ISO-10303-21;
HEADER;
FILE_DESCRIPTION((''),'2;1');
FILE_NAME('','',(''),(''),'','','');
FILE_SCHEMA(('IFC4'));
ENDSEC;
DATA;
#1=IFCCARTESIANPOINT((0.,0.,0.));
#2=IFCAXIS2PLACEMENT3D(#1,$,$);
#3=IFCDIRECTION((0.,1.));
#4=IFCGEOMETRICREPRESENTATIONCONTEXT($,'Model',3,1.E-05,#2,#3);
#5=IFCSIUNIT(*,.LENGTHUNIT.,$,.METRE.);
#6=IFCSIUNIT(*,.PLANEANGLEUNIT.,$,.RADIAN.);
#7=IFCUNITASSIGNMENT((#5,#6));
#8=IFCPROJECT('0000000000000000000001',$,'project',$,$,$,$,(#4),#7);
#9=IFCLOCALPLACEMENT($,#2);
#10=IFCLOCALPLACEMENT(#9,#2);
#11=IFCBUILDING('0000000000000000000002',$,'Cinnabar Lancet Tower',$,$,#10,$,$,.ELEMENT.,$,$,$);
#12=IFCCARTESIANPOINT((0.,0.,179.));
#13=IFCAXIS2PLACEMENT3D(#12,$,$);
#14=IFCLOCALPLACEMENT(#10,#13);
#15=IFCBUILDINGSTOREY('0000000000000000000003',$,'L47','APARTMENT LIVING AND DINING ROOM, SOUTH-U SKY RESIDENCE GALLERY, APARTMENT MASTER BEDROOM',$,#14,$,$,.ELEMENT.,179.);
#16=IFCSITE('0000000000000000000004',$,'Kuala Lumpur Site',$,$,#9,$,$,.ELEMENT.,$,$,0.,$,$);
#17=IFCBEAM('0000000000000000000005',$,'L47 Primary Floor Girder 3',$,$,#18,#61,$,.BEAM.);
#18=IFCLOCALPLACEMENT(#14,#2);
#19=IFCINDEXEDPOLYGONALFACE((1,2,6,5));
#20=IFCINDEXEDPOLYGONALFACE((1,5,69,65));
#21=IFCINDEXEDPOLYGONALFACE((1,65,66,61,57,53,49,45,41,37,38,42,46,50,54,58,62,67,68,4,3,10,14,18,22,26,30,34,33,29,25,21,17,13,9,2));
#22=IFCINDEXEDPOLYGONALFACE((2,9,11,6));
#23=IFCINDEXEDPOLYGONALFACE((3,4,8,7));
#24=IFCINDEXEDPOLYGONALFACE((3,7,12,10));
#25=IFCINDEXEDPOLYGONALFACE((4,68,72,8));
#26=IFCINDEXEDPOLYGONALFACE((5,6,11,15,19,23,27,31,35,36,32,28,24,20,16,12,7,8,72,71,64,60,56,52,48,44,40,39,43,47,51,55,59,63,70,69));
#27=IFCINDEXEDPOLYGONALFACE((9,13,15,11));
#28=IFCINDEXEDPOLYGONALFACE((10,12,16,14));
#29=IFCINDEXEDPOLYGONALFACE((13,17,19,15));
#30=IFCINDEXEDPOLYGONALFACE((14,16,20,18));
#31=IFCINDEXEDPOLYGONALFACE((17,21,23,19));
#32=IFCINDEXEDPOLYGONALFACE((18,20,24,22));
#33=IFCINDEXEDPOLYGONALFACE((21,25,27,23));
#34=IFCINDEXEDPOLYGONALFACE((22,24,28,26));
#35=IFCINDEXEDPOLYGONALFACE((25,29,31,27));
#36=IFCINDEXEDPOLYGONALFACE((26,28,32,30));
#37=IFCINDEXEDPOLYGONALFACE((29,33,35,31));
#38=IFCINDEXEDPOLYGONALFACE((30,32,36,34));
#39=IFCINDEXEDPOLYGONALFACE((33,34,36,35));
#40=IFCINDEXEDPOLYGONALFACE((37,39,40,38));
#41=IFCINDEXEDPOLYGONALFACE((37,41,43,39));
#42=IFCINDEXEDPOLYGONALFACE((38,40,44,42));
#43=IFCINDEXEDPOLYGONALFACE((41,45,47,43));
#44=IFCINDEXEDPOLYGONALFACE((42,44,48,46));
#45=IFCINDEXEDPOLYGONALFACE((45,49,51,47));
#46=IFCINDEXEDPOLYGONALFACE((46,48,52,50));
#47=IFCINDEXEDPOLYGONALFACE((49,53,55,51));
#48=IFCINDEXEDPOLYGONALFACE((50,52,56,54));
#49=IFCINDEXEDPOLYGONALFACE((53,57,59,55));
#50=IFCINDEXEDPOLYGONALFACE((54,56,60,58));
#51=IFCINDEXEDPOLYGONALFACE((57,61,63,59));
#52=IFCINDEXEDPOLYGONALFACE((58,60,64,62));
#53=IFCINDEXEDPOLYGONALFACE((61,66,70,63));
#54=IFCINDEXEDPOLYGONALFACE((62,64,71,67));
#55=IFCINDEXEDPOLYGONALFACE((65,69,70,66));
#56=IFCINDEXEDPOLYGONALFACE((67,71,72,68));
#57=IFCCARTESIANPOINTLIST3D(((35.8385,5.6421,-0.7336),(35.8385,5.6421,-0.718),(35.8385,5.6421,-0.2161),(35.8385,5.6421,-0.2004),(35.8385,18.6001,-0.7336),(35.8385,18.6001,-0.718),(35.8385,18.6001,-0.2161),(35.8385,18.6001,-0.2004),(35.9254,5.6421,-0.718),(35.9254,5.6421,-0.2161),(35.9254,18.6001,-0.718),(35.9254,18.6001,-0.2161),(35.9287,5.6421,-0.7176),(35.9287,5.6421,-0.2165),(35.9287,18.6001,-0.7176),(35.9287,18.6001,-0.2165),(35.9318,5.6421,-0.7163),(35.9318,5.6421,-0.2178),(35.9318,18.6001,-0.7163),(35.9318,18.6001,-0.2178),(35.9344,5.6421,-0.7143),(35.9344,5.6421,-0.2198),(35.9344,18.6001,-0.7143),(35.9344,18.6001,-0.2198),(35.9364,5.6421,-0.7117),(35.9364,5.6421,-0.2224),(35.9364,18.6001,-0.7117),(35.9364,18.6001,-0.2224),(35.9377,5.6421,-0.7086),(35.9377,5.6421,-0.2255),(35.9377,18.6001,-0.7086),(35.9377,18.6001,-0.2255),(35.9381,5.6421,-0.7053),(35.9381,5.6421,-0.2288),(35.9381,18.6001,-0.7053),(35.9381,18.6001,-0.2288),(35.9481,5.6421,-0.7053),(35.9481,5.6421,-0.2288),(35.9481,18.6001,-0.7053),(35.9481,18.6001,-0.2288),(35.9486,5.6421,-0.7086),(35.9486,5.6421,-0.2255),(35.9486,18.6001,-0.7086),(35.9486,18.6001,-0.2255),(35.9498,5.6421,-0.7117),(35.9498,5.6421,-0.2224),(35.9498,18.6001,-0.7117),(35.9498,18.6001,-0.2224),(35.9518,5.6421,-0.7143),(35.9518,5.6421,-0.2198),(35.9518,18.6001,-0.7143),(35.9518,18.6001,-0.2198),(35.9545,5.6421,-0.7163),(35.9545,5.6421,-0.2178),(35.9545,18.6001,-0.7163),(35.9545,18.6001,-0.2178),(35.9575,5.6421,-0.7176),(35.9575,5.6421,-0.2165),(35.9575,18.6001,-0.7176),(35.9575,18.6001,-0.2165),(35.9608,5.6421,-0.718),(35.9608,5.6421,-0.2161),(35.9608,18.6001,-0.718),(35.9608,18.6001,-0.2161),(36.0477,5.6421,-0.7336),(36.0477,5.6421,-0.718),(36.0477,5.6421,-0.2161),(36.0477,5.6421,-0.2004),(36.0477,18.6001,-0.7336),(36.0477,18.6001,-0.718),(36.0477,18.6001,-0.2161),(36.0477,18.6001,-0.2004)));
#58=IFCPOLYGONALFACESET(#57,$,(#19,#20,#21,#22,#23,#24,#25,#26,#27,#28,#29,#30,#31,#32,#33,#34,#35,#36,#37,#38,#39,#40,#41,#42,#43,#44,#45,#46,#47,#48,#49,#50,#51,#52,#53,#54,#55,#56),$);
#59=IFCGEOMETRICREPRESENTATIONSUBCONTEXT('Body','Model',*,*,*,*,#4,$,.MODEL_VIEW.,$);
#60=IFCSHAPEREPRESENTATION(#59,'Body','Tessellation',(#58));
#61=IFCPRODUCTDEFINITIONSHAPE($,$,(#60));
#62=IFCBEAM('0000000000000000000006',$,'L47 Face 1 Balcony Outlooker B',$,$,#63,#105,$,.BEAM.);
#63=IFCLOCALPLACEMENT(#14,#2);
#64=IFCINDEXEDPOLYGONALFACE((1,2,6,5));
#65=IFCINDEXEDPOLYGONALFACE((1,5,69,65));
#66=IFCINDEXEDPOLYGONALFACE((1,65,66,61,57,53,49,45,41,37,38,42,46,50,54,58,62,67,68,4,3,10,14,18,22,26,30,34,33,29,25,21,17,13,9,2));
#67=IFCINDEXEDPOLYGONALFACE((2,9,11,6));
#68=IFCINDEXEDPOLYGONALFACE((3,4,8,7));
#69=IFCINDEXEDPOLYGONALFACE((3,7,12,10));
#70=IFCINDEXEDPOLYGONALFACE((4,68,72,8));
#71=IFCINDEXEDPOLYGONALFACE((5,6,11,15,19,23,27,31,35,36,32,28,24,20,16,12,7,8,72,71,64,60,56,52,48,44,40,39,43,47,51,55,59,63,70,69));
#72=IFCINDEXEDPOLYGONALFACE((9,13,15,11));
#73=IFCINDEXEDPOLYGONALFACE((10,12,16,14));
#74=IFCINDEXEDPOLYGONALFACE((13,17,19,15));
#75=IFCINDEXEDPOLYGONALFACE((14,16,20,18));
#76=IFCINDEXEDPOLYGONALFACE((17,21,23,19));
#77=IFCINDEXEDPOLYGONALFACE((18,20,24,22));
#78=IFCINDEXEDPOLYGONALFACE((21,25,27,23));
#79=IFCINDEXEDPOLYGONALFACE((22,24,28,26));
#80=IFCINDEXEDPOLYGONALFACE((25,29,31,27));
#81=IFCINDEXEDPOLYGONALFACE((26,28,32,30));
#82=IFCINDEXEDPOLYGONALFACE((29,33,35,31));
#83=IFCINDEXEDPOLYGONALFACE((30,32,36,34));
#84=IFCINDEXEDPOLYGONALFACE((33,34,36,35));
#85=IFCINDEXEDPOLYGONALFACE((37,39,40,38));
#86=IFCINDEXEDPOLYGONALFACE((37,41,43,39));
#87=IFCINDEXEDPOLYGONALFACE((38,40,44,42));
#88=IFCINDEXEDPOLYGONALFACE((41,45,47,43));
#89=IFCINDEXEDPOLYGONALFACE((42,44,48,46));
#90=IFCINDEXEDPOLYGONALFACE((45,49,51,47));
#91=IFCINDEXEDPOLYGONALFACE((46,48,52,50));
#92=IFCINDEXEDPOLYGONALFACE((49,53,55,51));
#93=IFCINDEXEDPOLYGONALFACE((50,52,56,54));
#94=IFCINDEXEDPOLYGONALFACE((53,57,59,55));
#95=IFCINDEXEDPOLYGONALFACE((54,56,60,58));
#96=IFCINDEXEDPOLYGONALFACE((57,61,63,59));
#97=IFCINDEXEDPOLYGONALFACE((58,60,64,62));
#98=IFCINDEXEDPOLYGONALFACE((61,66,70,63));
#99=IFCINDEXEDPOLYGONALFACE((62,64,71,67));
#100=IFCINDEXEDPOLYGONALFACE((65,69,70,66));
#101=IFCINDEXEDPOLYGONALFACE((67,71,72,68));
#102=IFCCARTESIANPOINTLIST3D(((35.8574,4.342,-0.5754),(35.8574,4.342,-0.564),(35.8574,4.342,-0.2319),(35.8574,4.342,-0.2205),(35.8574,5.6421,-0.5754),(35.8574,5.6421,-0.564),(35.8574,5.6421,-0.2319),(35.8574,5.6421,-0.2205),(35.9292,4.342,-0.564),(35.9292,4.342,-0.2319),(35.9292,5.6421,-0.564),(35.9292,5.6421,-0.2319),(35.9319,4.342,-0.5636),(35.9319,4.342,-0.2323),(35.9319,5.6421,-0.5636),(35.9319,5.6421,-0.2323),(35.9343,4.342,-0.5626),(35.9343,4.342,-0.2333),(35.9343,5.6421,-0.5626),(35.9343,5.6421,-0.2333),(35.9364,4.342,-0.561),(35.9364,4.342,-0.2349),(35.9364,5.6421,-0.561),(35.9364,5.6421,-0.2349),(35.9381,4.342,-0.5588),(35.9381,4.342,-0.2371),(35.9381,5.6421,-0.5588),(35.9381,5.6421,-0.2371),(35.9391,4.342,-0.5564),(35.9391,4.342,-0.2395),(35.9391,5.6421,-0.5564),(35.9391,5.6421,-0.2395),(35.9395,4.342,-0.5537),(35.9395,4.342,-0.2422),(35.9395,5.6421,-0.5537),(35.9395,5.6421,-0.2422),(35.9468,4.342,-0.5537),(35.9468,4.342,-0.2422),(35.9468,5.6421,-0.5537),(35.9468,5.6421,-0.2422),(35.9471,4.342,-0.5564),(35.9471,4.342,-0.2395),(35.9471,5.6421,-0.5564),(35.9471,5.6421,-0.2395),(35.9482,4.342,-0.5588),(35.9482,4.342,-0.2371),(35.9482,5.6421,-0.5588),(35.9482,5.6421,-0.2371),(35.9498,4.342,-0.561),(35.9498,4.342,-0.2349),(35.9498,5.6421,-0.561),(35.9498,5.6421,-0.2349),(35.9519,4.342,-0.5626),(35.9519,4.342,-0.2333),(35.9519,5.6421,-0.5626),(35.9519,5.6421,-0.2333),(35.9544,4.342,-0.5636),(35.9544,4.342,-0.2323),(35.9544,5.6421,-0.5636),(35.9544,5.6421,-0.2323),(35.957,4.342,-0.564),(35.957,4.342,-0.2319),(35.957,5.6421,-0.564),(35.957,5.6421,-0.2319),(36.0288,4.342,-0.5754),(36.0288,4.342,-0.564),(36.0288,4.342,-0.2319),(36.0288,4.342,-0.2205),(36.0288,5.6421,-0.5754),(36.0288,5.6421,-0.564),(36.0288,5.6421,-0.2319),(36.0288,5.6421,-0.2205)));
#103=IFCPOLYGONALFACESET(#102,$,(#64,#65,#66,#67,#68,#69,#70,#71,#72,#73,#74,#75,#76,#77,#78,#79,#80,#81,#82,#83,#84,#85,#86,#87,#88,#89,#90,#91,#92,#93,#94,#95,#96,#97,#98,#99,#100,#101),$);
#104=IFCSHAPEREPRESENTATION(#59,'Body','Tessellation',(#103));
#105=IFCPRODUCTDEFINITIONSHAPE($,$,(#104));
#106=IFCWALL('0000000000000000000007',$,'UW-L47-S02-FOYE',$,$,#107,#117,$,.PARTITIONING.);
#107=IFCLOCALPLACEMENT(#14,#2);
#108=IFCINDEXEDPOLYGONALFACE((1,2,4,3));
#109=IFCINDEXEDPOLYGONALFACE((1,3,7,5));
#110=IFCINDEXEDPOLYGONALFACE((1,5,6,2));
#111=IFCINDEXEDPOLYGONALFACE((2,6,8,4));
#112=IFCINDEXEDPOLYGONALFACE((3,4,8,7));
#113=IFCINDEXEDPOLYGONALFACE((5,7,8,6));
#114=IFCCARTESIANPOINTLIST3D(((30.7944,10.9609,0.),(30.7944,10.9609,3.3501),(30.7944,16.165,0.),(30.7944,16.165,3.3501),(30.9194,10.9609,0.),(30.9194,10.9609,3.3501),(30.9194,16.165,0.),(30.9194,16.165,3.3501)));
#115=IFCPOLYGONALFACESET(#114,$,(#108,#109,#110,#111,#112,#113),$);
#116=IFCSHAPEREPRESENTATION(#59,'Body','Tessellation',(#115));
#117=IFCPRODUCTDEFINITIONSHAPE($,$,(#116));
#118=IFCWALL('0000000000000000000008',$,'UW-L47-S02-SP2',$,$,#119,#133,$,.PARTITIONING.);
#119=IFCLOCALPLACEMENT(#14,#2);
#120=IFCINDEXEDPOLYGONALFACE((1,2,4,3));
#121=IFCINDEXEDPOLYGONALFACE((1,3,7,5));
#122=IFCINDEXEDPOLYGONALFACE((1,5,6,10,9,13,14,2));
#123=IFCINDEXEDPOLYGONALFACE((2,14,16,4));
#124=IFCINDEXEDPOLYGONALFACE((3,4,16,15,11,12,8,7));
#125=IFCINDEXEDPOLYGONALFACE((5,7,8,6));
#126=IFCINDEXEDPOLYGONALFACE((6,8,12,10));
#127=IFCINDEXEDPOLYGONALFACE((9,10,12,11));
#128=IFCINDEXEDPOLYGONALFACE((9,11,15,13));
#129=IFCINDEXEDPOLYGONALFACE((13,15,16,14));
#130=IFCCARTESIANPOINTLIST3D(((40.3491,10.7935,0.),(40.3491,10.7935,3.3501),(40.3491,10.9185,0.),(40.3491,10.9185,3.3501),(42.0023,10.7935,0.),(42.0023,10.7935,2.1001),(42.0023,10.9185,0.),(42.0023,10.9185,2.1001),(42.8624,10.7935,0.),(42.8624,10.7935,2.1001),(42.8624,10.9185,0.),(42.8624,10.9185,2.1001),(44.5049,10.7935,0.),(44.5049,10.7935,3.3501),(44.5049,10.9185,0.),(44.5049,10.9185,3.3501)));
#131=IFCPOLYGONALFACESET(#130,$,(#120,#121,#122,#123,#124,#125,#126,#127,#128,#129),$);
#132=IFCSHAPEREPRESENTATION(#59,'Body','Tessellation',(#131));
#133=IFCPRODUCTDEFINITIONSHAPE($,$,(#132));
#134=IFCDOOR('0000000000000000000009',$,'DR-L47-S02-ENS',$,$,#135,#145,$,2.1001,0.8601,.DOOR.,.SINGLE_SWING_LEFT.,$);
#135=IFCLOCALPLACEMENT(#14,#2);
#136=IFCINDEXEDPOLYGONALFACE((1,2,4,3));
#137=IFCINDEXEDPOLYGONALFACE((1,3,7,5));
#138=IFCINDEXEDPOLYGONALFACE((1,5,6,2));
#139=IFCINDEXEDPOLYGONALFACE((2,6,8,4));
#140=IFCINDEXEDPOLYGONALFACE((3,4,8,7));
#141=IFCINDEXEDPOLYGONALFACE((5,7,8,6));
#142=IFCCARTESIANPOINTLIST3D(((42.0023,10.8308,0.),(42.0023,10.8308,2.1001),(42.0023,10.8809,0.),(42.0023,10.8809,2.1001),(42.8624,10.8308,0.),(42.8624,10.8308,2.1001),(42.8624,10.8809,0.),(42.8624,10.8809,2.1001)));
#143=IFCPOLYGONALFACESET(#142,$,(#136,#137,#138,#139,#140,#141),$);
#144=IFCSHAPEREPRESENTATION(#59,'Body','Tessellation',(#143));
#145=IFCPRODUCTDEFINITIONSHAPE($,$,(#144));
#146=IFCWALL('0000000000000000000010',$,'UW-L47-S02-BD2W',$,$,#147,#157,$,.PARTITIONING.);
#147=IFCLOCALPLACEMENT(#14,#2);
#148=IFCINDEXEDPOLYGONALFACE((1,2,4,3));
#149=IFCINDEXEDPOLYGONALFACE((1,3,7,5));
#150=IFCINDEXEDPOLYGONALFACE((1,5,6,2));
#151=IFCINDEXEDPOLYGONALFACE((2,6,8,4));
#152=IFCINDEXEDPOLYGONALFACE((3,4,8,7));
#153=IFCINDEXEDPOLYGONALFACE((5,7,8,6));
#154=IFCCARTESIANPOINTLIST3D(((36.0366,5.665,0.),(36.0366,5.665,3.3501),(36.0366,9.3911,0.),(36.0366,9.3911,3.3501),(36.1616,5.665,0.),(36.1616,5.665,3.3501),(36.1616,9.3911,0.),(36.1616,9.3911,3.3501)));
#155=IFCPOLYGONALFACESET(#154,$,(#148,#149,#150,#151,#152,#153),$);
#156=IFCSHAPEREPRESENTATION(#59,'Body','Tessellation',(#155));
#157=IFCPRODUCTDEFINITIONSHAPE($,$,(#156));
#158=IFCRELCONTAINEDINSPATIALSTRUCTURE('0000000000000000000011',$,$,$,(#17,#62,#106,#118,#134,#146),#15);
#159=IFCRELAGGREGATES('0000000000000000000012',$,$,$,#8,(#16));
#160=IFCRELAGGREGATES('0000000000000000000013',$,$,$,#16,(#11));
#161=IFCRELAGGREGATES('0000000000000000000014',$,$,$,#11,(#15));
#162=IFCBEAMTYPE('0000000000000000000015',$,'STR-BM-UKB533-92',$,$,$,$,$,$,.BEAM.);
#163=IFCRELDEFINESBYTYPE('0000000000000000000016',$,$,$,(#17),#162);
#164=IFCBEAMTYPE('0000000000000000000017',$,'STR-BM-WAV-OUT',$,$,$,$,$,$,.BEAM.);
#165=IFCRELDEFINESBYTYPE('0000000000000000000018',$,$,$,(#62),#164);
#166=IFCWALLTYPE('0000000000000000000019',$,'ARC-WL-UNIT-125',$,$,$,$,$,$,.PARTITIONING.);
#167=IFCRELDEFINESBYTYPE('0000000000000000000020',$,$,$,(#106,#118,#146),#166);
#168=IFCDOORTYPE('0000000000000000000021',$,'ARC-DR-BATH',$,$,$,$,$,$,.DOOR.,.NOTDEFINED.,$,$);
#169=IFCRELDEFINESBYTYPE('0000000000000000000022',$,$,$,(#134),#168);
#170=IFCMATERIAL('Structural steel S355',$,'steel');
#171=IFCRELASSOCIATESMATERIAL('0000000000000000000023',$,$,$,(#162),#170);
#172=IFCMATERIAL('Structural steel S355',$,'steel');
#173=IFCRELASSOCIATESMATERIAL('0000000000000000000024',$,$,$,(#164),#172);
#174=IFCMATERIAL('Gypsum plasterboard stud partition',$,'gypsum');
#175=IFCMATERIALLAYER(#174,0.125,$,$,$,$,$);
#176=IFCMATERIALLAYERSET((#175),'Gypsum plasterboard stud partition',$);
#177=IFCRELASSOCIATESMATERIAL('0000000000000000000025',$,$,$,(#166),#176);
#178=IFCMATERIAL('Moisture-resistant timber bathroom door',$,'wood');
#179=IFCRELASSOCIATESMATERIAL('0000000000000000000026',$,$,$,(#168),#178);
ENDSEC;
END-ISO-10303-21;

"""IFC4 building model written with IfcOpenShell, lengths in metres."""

from ifc_helpers import new_model, si_unit, direction, frame, frame_2d, origin, origin_2d, place, context, subcontext, project, spatial, rectangle, i_section, extrude, material, layer, layer_set, material_profile, profile_set, type_object, element, fill, save


model = new_model("IFC4")

# Units and contexts
model_context = context("Model", 3, precision=1e-05, world=origin(), true_north=direction((0.0, 1.0)))
body_context = subcontext(model_context, "Body", "Model", "MODEL_VIEW")
ifc_project = project(units=[si_unit("LENGTHUNIT", "METRE"), si_unit("PLANEANGLEUNIT", "RADIAN")], contexts=[model_context])

# Site, building, storey
site_placement = place(None, origin())
site = spatial("IfcSite", under=ifc_project, at=site_placement, Name="Kuala Lumpur Site", CompositionType="ELEMENT", RefElevation=0.0)
building_placement = place(site_placement, origin())
building = spatial("IfcBuilding", under=site, at=building_placement, Name="Cinnabar Lancet Tower", CompositionType="ELEMENT")
storey_placement = place(building_placement, frame((0.0, 0.0, 179.0)))
storey = spatial("IfcBuildingStorey", under=building, at=storey_placement, Name="L47", Description="APARTMENT LIVING AND DINING ROOM, SOUTH-U SKY RESIDENCE GALLERY, APARTMENT MASTER BEDROOM", CompositionType="ELEMENT", Elevation=179.0)

# Beams
ifc_material_1 = material(Name="Structural steel S355", Category="steel")
ifc_material_profile_1 = material_profile(ifc_material_1, i_section(OverallWidth=0.2092, OverallDepth=0.5332, WebThickness=0.01, FlangeThickness=0.0156, FilletRadius=0.0127, at=origin_2d()), Name="UKB 533x210x92")
ifc_profile_set_1 = profile_set([ifc_material_profile_1], Name="Structural steel S355")
beam_type_1 = type_object("IfcBeamType", Name="STR-BM-UKB533-92", PredefinedType="BEAM", material=ifc_profile_set_1)
beam_1_placement = place(storey_placement, frame((35.9431, 5.6421, -0.467), z_axis=(0.0, 1.0, 0.0), x_axis=(-1.0, 0.0, 0.0)))
element("IfcBeam", 1, at=beam_1_placement, inside=storey, type_object=beam_type_1, Name="L47 Primary Floor Girder 3", PredefinedType="BEAM", context=body_context, shape_type="SweptSolid", body=[
    extrude(i_section(OverallWidth=0.2092, OverallDepth=0.5332, WebThickness=0.01, FlangeThickness=0.0156, FilletRadius=0.0127, at=origin_2d()), origin(), (0.0, 0.0, 1.0), 12.958),
])
ifc_material_2 = material(Name="Structural steel S355", Category="steel")
ifc_material_profile_2 = material_profile(ifc_material_2, i_section(OverallWidth=0.1714, OverallDepth=0.355, WebThickness=0.0073, FlangeThickness=0.0115, FilletRadius=0.0103, at=origin_2d()), Name="UKB 356x171x51")
ifc_profile_set_2 = profile_set([ifc_material_profile_2], Name="Structural steel S355")
beam_type_2 = type_object("IfcBeamType", Name="STR-BM-WAV-OUT", PredefinedType="BEAM", material=ifc_profile_set_2)
beam_2_placement = place(storey_placement, frame((35.9431, 5.6421, -0.3979), z_axis=(0.0, -1.0, 0.0), x_axis=(1.0, 0.0, 0.0)))
element("IfcBeam", 2, at=beam_2_placement, inside=storey, type_object=beam_type_2, Name="L47 Face 1 Balcony Outlooker B", PredefinedType="BEAM", context=body_context, shape_type="SweptSolid", body=[
    extrude(i_section(OverallWidth=0.1714, OverallDepth=0.355, WebThickness=0.0073, FlangeThickness=0.0115, FilletRadius=0.0103, at=origin_2d()), origin(), (0.0, 0.0, 1.0), 1.3),
])

# Wall
ifc_material_3 = material(Name="Gypsum plasterboard stud partition", Category="gypsum")
ifc_layer_1 = layer(ifc_material_3, 0.125)
ifc_layer_set_1 = layer_set([ifc_layer_1], Name="Gypsum plasterboard stud partition")
wall_type_1 = type_object("IfcWallType", Name="ARC-WL-UNIT-125", PredefinedType="PARTITIONING", material=ifc_layer_set_1)
wall_1_placement = place(storey_placement, frame((30.8569, 10.9609, 0.0), z_axis=(0.0, 0.0, 1.0), x_axis=(0.0, 1.0, 0.0)))
element("IfcWall", 3, at=wall_1_placement, inside=storey, type_object=wall_type_1, Name="UW-L47-S02-FOYE", PredefinedType="PARTITIONING", context=body_context, shape_type="SweptSolid", body=[
    extrude(rectangle(XDim=5.2041, YDim=0.125, at=frame_2d((2.6021, 0.0))), origin(), (0.0, 0.0, 1.0), 3.3501),
])

# Wall, opening, door
wall_2_placement = place(storey_placement, frame((40.3491, 10.856, 0.0), z_axis=(0.0, 0.0, 1.0), x_axis=(1.0, 0.0, 0.0)))
wall_2 = element("IfcWall", 4, at=wall_2_placement, inside=storey, type_object=wall_type_1, Name="UW-L47-S02-SP2", PredefinedType="PARTITIONING", context=body_context, shape_type="SweptSolid", body=[
    extrude(rectangle(XDim=4.1558, YDim=0.125, at=frame_2d((2.0779, 0.0))), origin(), (0.0, 0.0, 1.0), 3.3501),
])
opening_1_placement = place(wall_2_placement, frame((1.6531, 0.0, 0.0)))
opening_1 = element("IfcOpeningElement", 5, at=opening_1_placement, cuts=wall_2, PredefinedType="OPENING", context=body_context, shape_type="SweptSolid", body=[
    extrude(rectangle(XDim=0.8601, YDim=2.1001, at=frame_2d((0.4302, 1.05))), frame((0.0, 0.0725, 0.0), z_axis=(0.0, -1.0, 0.0), x_axis=(1.0, 0.0, 0.0)), (0.0, 0.0, 1.0), 0.145),
])
ifc_material_4 = material(Name="Moisture-resistant timber bathroom door", Category="wood")
door_type_1 = type_object("IfcDoorType", Name="ARC-DR-BATH", OperationType="NOTDEFINED", PredefinedType="DOOR", material=ifc_material_4)
door_1_placement = place(opening_1_placement, origin())
door_1 = element("IfcDoor", 6, at=door_1_placement, inside=storey, type_object=door_type_1, Name="DR-L47-S02-ENS", OperationType="SINGLE_SWING_LEFT", OverallHeight=2.1001, OverallWidth=0.8601, PredefinedType="DOOR", context=body_context, shape_type="SweptSolid", body=[
    extrude(rectangle(XDim=0.8601, YDim=2.1001, at=frame_2d((0.4302, 1.05))), frame((0.0, 0.0249, 0.0), z_axis=(0.0, -1.0, 0.0), x_axis=(1.0, 0.0, 0.0)), (0.0, 0.0, 1.0), 0.05),
])
fill(opening_1, door_1)

# Wall
wall_3_placement = place(storey_placement, frame((36.0991, 5.665, 0.0), z_axis=(0.0, 0.0, 1.0), x_axis=(0.0, 1.0, 0.0)))
element("IfcWall", 7, at=wall_3_placement, inside=storey, type_object=wall_type_1, Name="UW-L47-S02-BD2W", PredefinedType="PARTITIONING", context=body_context, shape_type="SweptSolid", body=[
    extrude(rectangle(XDim=3.7261, YDim=0.125, at=frame_2d((1.863, 0.0))), origin(), (0.0, 0.0, 1.0), 3.3501),
])

save(model, "model.ifc")
